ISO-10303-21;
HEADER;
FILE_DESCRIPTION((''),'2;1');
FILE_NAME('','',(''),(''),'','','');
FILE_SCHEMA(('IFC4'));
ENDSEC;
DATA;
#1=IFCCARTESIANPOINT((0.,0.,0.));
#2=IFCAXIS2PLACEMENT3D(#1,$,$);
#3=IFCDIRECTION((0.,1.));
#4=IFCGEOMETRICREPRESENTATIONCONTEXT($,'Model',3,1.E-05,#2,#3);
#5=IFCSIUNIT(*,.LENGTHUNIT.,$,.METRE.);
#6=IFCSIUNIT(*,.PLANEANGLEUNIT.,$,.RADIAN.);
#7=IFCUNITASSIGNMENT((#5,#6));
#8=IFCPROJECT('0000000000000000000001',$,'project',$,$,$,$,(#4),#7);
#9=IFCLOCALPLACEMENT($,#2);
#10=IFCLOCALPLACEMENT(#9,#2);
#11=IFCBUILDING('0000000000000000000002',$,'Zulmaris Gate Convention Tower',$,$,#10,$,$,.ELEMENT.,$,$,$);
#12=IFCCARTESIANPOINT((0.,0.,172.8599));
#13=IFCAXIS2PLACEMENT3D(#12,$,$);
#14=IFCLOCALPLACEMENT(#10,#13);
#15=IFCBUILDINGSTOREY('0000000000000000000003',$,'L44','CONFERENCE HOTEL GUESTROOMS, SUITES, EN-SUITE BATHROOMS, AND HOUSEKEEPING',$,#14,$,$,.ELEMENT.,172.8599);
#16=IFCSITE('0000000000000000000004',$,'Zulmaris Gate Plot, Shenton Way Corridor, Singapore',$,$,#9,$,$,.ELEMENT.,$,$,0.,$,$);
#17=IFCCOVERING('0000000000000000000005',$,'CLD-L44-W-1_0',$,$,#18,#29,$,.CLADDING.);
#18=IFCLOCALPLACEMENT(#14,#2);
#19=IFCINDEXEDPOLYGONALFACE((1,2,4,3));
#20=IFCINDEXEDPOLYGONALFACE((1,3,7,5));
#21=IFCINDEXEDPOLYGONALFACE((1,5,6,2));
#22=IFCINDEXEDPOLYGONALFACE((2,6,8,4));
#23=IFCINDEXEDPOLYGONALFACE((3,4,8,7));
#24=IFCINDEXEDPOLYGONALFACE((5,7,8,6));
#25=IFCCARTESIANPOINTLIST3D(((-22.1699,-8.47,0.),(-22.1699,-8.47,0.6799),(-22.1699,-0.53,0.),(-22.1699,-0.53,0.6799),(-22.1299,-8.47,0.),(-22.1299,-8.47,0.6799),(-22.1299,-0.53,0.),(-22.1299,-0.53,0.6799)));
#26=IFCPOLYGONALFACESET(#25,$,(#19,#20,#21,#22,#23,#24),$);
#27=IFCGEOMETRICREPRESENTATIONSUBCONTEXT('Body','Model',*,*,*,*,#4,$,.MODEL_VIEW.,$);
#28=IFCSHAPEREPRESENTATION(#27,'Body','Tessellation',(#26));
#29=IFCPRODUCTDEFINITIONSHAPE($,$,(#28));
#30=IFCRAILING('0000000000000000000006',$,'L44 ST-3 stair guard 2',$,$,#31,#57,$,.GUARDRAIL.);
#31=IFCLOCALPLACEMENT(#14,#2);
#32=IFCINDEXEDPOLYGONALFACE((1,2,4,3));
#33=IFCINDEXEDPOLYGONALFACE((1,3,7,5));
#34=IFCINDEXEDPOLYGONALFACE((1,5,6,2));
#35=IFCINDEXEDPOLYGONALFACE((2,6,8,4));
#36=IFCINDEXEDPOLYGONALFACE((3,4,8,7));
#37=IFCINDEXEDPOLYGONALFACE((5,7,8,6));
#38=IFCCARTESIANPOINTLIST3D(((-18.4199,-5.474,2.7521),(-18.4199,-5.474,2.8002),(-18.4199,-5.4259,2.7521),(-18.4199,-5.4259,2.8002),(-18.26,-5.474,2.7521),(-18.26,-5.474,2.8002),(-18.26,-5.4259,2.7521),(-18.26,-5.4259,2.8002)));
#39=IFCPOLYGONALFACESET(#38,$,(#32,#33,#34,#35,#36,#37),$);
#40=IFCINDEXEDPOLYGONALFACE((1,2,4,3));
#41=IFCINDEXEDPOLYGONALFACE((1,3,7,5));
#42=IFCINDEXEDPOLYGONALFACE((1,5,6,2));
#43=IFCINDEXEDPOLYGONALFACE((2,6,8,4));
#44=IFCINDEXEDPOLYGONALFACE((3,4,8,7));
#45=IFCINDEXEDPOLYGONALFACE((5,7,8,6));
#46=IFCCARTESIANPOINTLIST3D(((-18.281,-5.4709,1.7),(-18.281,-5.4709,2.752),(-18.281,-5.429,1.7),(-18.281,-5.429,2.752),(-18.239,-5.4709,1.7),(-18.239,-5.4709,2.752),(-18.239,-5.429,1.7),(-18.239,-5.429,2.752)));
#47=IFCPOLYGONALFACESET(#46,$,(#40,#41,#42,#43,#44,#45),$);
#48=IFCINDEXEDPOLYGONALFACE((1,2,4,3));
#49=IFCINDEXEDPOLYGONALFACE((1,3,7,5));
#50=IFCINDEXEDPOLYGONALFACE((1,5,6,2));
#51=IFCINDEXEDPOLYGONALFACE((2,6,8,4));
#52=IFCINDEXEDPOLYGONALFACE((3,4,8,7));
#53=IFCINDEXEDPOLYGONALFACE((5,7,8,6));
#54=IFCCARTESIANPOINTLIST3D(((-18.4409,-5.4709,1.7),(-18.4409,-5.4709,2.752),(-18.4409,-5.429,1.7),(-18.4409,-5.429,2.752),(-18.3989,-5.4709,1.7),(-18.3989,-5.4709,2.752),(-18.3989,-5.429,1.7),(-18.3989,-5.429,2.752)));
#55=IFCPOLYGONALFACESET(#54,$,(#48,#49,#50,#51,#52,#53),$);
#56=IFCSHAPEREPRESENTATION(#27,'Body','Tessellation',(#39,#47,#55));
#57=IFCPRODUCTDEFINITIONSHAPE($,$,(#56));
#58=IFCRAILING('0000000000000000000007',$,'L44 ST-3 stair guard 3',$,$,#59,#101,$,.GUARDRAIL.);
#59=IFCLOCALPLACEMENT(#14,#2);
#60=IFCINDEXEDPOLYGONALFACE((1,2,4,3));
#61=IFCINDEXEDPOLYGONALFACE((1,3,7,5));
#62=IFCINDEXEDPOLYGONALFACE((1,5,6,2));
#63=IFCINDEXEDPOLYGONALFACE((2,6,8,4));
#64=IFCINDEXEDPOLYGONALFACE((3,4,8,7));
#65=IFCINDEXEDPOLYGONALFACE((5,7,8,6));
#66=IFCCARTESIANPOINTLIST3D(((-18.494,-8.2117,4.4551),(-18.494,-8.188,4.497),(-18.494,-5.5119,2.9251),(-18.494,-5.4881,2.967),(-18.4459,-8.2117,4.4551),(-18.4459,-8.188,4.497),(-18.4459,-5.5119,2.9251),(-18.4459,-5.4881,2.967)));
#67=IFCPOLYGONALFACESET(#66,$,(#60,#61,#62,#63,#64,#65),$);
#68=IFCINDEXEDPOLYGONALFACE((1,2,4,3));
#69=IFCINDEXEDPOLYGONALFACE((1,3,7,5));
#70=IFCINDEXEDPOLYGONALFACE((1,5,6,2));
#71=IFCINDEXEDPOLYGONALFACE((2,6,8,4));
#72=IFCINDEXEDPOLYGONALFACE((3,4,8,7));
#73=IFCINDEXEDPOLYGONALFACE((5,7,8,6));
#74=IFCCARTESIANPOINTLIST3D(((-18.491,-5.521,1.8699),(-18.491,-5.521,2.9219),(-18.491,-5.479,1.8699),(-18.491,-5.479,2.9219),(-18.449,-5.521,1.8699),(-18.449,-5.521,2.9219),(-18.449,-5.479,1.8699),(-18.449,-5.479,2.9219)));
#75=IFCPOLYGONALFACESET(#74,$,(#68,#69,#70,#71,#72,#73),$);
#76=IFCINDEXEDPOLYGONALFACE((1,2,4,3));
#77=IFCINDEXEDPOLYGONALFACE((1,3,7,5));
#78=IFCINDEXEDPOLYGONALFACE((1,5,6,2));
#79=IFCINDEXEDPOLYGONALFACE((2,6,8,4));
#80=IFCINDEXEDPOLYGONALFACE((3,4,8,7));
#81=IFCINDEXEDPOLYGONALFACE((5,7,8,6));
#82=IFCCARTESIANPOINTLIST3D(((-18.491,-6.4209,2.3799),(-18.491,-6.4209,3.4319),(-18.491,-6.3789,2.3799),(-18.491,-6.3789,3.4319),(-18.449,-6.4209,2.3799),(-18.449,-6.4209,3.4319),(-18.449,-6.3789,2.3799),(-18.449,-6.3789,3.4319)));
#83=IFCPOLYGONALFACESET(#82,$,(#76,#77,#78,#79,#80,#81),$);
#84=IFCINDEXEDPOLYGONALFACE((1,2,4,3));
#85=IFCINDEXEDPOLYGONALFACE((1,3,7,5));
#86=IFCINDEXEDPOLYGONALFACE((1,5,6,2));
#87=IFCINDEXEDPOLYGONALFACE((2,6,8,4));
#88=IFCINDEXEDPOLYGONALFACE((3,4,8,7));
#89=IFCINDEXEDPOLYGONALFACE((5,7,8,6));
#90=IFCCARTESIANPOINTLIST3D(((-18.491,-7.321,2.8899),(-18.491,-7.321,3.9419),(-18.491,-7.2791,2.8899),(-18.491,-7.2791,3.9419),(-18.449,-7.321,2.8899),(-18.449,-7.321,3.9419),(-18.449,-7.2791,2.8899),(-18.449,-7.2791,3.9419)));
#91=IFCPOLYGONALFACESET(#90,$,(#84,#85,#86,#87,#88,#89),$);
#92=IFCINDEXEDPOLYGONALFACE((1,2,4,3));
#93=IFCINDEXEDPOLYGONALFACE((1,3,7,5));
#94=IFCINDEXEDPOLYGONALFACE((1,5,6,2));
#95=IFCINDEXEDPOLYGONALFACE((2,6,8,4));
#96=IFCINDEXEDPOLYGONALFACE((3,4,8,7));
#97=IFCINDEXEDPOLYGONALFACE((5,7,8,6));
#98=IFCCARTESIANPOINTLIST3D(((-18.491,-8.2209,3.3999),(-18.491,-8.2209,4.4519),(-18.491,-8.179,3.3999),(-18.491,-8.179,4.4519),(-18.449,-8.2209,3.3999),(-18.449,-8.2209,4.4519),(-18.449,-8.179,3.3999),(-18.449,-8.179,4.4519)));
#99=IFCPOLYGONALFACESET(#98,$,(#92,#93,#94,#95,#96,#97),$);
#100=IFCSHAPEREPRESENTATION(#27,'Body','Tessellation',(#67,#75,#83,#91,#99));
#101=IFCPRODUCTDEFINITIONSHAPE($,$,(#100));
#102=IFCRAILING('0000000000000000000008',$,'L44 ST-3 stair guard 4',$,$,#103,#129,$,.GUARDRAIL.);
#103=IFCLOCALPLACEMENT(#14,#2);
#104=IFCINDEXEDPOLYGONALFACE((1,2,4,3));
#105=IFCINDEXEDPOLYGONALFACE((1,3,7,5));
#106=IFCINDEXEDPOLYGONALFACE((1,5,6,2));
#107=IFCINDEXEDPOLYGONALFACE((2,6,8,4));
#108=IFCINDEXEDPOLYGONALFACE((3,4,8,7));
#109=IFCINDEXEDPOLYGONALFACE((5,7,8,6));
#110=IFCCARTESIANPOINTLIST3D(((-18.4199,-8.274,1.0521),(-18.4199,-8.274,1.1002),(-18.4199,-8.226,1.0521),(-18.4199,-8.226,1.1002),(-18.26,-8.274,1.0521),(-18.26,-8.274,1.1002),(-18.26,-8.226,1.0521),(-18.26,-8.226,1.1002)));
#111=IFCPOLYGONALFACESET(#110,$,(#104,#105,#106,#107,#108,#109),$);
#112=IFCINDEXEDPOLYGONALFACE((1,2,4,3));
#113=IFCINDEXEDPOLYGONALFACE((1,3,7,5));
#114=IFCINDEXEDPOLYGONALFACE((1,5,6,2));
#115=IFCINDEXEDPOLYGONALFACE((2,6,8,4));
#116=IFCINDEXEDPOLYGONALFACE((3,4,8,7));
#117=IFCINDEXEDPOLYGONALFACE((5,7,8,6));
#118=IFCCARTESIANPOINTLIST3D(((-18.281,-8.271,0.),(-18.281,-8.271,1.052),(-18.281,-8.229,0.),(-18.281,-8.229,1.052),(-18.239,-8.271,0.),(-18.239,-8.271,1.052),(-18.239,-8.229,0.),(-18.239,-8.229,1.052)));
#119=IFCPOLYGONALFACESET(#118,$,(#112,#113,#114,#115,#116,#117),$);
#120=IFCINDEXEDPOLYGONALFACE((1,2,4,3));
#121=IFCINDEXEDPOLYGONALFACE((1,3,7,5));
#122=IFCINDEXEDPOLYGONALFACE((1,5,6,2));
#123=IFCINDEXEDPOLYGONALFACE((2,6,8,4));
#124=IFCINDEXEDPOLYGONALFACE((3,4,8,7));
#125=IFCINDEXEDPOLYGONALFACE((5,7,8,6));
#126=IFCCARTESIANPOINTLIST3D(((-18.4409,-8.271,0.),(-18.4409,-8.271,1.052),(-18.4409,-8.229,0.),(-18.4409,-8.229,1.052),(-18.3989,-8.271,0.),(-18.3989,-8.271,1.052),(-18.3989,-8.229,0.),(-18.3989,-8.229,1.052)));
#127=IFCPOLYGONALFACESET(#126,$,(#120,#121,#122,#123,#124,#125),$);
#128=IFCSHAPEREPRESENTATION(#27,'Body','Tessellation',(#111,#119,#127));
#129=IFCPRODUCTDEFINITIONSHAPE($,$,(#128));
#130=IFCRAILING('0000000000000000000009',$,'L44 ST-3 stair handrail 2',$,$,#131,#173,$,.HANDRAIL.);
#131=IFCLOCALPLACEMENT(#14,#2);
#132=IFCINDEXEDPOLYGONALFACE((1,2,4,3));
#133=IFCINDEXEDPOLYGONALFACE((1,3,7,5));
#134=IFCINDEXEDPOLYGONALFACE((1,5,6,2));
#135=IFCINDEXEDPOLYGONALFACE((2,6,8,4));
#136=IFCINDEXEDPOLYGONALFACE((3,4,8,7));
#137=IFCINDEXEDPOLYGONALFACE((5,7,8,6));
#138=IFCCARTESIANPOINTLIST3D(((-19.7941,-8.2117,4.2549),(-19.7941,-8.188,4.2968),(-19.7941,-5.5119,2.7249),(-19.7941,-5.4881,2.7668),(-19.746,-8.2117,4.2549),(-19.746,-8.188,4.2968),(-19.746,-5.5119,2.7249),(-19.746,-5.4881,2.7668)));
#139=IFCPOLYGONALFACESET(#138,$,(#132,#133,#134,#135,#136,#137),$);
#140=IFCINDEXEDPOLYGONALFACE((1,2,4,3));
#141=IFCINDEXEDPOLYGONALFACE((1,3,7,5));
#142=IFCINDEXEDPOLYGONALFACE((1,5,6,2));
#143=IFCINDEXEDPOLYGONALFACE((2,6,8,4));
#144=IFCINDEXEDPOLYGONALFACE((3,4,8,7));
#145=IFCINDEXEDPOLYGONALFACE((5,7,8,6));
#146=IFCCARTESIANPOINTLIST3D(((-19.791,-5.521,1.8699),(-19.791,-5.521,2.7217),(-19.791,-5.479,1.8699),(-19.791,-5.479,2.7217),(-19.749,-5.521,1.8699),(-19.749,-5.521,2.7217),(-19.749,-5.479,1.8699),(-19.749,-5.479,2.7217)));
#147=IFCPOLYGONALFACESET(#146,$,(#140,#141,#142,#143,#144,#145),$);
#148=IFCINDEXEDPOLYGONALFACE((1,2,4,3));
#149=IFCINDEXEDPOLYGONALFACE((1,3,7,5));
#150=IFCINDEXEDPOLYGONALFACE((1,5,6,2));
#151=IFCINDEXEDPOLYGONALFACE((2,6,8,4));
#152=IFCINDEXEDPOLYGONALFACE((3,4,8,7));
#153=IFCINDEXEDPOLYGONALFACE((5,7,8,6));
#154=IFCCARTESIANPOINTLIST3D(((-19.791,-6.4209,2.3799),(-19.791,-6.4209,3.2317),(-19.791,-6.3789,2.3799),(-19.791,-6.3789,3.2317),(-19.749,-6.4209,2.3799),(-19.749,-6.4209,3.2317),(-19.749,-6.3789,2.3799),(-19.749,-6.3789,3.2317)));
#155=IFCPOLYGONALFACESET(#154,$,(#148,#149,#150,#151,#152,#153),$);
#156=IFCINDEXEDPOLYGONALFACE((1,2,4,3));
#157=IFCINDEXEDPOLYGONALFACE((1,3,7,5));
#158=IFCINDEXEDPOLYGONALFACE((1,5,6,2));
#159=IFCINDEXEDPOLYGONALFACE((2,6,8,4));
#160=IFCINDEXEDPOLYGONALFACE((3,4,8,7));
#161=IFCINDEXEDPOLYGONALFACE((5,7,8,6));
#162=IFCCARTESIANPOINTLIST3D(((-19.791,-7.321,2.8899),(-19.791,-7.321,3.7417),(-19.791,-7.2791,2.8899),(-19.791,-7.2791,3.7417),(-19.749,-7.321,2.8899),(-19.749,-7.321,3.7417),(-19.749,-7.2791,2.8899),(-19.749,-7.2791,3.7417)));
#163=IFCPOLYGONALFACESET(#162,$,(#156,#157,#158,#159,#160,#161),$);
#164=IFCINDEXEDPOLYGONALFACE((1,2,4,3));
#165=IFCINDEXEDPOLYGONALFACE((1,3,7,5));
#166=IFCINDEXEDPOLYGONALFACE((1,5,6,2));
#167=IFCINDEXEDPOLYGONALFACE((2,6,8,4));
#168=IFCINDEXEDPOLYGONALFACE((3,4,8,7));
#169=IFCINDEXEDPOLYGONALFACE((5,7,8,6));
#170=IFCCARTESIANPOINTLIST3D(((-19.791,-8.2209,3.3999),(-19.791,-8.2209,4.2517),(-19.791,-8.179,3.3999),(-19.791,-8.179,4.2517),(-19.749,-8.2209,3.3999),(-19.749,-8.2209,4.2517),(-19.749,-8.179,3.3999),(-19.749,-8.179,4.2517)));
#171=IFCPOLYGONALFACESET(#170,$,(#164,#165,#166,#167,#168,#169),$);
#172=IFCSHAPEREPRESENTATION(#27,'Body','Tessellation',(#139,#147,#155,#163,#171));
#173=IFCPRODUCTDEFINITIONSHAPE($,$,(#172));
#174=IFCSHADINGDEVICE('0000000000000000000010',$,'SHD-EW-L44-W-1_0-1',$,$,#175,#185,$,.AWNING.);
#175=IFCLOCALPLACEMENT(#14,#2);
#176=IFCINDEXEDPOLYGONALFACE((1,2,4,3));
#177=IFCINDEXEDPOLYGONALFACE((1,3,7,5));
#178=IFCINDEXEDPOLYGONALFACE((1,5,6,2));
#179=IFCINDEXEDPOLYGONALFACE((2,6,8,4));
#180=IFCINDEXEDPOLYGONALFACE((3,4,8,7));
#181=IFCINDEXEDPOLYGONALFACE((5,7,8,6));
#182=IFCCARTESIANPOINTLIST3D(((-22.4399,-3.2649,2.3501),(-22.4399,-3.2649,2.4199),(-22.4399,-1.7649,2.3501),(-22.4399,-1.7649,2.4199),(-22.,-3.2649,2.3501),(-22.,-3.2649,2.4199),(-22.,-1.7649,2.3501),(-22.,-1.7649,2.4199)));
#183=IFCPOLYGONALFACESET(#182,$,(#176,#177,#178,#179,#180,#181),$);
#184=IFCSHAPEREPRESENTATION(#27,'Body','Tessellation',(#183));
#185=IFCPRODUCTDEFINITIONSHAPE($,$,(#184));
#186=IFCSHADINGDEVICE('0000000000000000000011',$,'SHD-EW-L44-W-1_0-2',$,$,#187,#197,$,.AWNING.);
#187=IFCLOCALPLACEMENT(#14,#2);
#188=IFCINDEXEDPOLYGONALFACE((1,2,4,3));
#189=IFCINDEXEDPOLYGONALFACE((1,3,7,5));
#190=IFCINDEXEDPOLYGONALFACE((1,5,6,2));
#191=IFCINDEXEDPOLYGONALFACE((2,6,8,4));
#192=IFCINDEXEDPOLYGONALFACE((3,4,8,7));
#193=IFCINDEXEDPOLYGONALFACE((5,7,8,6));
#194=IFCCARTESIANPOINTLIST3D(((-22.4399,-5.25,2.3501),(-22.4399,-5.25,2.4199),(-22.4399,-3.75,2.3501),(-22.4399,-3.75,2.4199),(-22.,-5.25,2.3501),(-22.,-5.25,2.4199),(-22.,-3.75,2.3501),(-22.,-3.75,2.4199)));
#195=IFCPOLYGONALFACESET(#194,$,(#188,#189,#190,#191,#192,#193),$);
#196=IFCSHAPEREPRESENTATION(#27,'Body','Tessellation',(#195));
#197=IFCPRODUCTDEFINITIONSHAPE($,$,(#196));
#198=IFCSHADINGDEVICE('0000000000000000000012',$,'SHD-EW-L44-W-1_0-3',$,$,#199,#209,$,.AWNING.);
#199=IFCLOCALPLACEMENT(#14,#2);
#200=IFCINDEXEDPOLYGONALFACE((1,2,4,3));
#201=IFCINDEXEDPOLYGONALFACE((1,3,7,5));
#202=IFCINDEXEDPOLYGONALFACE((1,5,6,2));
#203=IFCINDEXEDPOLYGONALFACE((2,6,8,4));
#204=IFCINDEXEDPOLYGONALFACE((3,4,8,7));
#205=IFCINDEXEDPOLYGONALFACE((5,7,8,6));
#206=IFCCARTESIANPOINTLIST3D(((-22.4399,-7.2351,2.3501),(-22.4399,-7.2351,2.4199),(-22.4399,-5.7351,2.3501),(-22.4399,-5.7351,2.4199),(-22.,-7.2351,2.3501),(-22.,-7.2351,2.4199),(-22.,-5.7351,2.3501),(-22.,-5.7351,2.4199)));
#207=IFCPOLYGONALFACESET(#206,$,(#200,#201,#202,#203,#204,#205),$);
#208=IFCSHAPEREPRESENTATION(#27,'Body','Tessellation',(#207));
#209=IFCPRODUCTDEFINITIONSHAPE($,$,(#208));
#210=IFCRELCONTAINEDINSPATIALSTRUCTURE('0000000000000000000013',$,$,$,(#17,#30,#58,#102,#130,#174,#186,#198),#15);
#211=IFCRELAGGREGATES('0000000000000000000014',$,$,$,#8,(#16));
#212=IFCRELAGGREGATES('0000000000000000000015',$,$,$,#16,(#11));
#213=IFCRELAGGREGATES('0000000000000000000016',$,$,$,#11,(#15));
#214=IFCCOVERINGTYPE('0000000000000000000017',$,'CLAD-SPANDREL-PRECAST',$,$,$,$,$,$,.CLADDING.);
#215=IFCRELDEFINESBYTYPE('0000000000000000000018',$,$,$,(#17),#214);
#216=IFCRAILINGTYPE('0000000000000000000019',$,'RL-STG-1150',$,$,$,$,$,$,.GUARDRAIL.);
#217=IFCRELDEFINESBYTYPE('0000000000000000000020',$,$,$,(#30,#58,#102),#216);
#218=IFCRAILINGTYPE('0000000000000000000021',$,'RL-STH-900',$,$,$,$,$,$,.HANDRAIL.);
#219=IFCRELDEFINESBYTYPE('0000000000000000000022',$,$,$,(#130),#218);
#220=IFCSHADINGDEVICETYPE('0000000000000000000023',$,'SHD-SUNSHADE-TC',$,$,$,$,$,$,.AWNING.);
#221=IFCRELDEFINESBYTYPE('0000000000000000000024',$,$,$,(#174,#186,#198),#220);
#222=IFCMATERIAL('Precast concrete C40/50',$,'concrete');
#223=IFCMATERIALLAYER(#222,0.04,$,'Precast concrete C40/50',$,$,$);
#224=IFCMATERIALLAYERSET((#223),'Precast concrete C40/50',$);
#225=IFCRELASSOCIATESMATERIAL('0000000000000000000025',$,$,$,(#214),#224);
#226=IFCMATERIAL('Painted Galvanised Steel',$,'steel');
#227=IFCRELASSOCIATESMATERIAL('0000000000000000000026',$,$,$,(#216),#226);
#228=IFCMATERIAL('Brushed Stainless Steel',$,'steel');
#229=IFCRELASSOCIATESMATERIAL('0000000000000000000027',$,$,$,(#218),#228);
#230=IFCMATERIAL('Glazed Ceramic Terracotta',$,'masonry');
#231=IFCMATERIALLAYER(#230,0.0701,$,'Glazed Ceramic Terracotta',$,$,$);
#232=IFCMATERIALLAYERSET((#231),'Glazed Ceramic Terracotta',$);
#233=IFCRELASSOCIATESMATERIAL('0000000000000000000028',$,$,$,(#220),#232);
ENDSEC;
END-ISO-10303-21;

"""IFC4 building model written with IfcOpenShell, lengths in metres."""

from ifc_helpers import new_model, si_unit, direction, frame, frame_2d, origin, origin_2d, place, context, subcontext, project, spatial, rectangle, extrude, material, layer, layer_set, type_object, element, save


model = new_model("IFC4")

# Units and contexts
model_context = context("Model", 3, precision=1e-05, world=origin(), true_north=direction((0.0, 1.0)))
body_context = subcontext(model_context, "Body", "Model", "MODEL_VIEW")
ifc_project = project(units=[si_unit("LENGTHUNIT", "METRE"), si_unit("PLANEANGLEUNIT", "RADIAN")], contexts=[model_context])

# Site, building, storey
site_placement = place(None, origin())
site = spatial("IfcSite", under=ifc_project, at=site_placement, Name="Zulmaris Gate Plot, Shenton Way Corridor, Singapore", CompositionType="ELEMENT", RefElevation=0.0)
building_placement = place(site_placement, origin())
building = spatial("IfcBuilding", under=site, at=building_placement, Name="Zulmaris Gate Convention Tower", CompositionType="ELEMENT")
storey_placement = place(building_placement, frame((0.0, 0.0, 172.8599)))
storey = spatial("IfcBuildingStorey", under=building, at=storey_placement, Name="L44", Description="CONFERENCE HOTEL GUESTROOMS, SUITES, EN-SUITE BATHROOMS, AND HOUSEKEEPING", CompositionType="ELEMENT", Elevation=172.8599)

# Shared definitions
ifc_material_1 = material(Name="Precast concrete C40/50", Category="concrete")

# Covering
ifc_layer_1 = layer(ifc_material_1, 0.04, Name="Precast concrete C40/50")
ifc_layer_set_1 = layer_set([ifc_layer_1], Name="Precast concrete C40/50")
covering_type = type_object("IfcCoveringType", Name="CLAD-SPANDREL-PRECAST", PredefinedType="CLADDING", material=ifc_layer_set_1)
covering_1_placement = place(storey_placement, frame((-22.1499, -0.53, 0.0), z_axis=(0.0, 0.0, 1.0), x_axis=(0.0, -1.0, 0.0)))
element("IfcCovering", 1, at=covering_1_placement, inside=storey, type_object=covering_type, Name="CLD-L44-W-1_0", PredefinedType="CLADDING", context=body_context, shape_type="SweptSolid", body=[
    extrude(rectangle(XDim=7.9399, YDim=0.04, at=frame_2d((3.97, 0.0))), origin(), (0.0, 0.0, 1.0), 0.6799),
])

# Railings
ifc_material_2 = material(Name="Painted Galvanised Steel", Category="steel")
railing_type_1 = type_object("IfcRailingType", Name="RL-STG-1150", PredefinedType="GUARDRAIL", material=ifc_material_2)
railing_1_placement = place(storey_placement, frame((-18.26, -5.45, 1.7)))
element("IfcRailing", 2, at=railing_1_placement, inside=storey, type_object=railing_type_1, Name="L44 ST-3 stair guard 2", PredefinedType="GUARDRAIL", context=body_context, shape_type="SweptSolid", body=[
    extrude(rectangle(XDim=0.0481, YDim=0.0481, at=origin_2d()), frame((0.0, 0.0, 1.0762), z_axis=(-1.0, 0.0, 0.0), x_axis=(0.0, -1.0, 0.0)), (0.0, 0.0, 1.0), 0.1599),
    extrude(rectangle(XDim=0.042, YDim=0.042, at=origin_2d()), origin(), (0.0, 0.0, 1.0), 1.052),
    extrude(rectangle(XDim=0.042, YDim=0.042, at=origin_2d()), frame((-0.1599, 0.0, 0.0)), (0.0, 0.0, 1.0), 1.052),
])
railing_2_placement = place(storey_placement, frame((-18.47, -5.5, 1.8699)))
element("IfcRailing", 3, at=railing_2_placement, inside=storey, type_object=railing_type_1, Name="L44 ST-3 stair guard 3", PredefinedType="GUARDRAIL", context=body_context, shape_type="SweptSolid", body=[
    extrude(rectangle(XDim=0.0481, YDim=0.0481, at=origin_2d()), frame((0.0, 0.0, 1.0762), z_axis=(0.0, -0.870014, 0.493026), x_axis=(1.0, 0.0, 0.0)), (0.0, 0.0, 1.0), 3.1033),
    extrude(rectangle(XDim=0.042, YDim=0.042, at=origin_2d()), origin(), (0.0, 0.0, 1.0), 1.052),
    extrude(rectangle(XDim=0.042, YDim=0.042, at=origin_2d()), frame((0.0, -0.8999, 0.51)), (0.0, 0.0, 1.0), 1.052),
    extrude(rectangle(XDim=0.042, YDim=0.042, at=origin_2d()), frame((0.0, -1.8, 1.02)), (0.0, 0.0, 1.0), 1.052),
    extrude(rectangle(XDim=0.042, YDim=0.042, at=origin_2d()), frame((0.0, -2.7, 1.53)), (0.0, 0.0, 1.0), 1.052),
])
railing_3_placement = place(storey_placement, frame((-18.26, -8.25, 0.0)))
element("IfcRailing", 4, at=railing_3_placement, inside=storey, type_object=railing_type_1, Name="L44 ST-3 stair guard 4", PredefinedType="GUARDRAIL", context=body_context, shape_type="SweptSolid", body=[
    extrude(rectangle(XDim=0.0481, YDim=0.0481, at=origin_2d()), frame((0.0, 0.0, 1.0762), z_axis=(-1.0, 0.0, 0.0), x_axis=(0.0, -1.0, 0.0)), (0.0, 0.0, 1.0), 0.1599),
    extrude(rectangle(XDim=0.042, YDim=0.042, at=origin_2d()), origin(), (0.0, 0.0, 1.0), 1.052),
    extrude(rectangle(XDim=0.042, YDim=0.042, at=origin_2d()), frame((-0.1599, 0.0, 0.0)), (0.0, 0.0, 1.0), 1.052),
])
ifc_material_3 = material(Name="Brushed Stainless Steel", Category="steel")
railing_type_2 = type_object("IfcRailingType", Name="RL-STH-900", PredefinedType="HANDRAIL", material=ifc_material_3)
railing_4_placement = place(storey_placement, frame((-19.77, -5.5, 1.8699)))
element("IfcRailing", 5, at=railing_4_placement, inside=storey, type_object=railing_type_2, Name="L44 ST-3 stair handrail 2", PredefinedType="HANDRAIL", context=body_context, shape_type="SweptSolid", body=[
    extrude(rectangle(XDim=0.0481, YDim=0.0481, at=origin_2d()), frame((0.0, 0.0, 0.876), z_axis=(0.0, -0.870014, 0.493026), x_axis=(1.0, 0.0, 0.0)), (0.0, 0.0, 1.0), 3.1033),
    extrude(rectangle(XDim=0.042, YDim=0.042, at=origin_2d()), origin(), (0.0, 0.0, 1.0), 0.8518),
    extrude(rectangle(XDim=0.042, YDim=0.042, at=origin_2d()), frame((0.0, -0.8999, 0.51)), (0.0, 0.0, 1.0), 0.8518),
    extrude(rectangle(XDim=0.042, YDim=0.042, at=origin_2d()), frame((0.0, -1.8, 1.02)), (0.0, 0.0, 1.0), 0.8518),
    extrude(rectangle(XDim=0.042, YDim=0.042, at=origin_2d()), frame((0.0, -2.7, 1.53)), (0.0, 0.0, 1.0), 0.8518),
])

# Shading devices
ifc_material_4 = material(Name="Glazed Ceramic Terracotta", Category="masonry")
ifc_layer_2 = layer(ifc_material_4, 0.0701, Name="Glazed Ceramic Terracotta")
ifc_layer_set_2 = layer_set([ifc_layer_2], Name="Glazed Ceramic Terracotta")
shading_device_type = type_object("IfcShadingDeviceType", Name="SHD-SUNSHADE-TC", PredefinedType="AWNING", material=ifc_layer_set_2)
for number, where, z_axis, x_axis, name in (
    (6, (-22.22, -1.7649, 2.3501), (0.0, 0.0, 1.0), (0.0, -1.0, 0.0), "SHD-EW-L44-W-1_0-1"),
    (7, (-22.22, -3.75, 2.3501), (0.0, 0.0, 1.0), (0.0, -1.0, 0.0), "SHD-EW-L44-W-1_0-2"),
    (8, (-22.22, -5.7351, 2.3501), (0.0, 0.0, 1.0), (0.0, -1.0, 0.0), "SHD-EW-L44-W-1_0-3"),
):
    element("IfcShadingDevice", number, at=place(storey_placement, frame(where, z_axis=z_axis, x_axis=x_axis)), inside=storey, type_object=shading_device_type, Name=name, PredefinedType="AWNING", context=body_context, shape_type="SweptSolid", body=[
        extrude(rectangle(XDim=1.5, YDim=0.4399, at=frame_2d((0.75, 0.0))), origin(), (0.0, 0.0, 1.0), 0.0698),
    ])

save(model, "model.ifc")
